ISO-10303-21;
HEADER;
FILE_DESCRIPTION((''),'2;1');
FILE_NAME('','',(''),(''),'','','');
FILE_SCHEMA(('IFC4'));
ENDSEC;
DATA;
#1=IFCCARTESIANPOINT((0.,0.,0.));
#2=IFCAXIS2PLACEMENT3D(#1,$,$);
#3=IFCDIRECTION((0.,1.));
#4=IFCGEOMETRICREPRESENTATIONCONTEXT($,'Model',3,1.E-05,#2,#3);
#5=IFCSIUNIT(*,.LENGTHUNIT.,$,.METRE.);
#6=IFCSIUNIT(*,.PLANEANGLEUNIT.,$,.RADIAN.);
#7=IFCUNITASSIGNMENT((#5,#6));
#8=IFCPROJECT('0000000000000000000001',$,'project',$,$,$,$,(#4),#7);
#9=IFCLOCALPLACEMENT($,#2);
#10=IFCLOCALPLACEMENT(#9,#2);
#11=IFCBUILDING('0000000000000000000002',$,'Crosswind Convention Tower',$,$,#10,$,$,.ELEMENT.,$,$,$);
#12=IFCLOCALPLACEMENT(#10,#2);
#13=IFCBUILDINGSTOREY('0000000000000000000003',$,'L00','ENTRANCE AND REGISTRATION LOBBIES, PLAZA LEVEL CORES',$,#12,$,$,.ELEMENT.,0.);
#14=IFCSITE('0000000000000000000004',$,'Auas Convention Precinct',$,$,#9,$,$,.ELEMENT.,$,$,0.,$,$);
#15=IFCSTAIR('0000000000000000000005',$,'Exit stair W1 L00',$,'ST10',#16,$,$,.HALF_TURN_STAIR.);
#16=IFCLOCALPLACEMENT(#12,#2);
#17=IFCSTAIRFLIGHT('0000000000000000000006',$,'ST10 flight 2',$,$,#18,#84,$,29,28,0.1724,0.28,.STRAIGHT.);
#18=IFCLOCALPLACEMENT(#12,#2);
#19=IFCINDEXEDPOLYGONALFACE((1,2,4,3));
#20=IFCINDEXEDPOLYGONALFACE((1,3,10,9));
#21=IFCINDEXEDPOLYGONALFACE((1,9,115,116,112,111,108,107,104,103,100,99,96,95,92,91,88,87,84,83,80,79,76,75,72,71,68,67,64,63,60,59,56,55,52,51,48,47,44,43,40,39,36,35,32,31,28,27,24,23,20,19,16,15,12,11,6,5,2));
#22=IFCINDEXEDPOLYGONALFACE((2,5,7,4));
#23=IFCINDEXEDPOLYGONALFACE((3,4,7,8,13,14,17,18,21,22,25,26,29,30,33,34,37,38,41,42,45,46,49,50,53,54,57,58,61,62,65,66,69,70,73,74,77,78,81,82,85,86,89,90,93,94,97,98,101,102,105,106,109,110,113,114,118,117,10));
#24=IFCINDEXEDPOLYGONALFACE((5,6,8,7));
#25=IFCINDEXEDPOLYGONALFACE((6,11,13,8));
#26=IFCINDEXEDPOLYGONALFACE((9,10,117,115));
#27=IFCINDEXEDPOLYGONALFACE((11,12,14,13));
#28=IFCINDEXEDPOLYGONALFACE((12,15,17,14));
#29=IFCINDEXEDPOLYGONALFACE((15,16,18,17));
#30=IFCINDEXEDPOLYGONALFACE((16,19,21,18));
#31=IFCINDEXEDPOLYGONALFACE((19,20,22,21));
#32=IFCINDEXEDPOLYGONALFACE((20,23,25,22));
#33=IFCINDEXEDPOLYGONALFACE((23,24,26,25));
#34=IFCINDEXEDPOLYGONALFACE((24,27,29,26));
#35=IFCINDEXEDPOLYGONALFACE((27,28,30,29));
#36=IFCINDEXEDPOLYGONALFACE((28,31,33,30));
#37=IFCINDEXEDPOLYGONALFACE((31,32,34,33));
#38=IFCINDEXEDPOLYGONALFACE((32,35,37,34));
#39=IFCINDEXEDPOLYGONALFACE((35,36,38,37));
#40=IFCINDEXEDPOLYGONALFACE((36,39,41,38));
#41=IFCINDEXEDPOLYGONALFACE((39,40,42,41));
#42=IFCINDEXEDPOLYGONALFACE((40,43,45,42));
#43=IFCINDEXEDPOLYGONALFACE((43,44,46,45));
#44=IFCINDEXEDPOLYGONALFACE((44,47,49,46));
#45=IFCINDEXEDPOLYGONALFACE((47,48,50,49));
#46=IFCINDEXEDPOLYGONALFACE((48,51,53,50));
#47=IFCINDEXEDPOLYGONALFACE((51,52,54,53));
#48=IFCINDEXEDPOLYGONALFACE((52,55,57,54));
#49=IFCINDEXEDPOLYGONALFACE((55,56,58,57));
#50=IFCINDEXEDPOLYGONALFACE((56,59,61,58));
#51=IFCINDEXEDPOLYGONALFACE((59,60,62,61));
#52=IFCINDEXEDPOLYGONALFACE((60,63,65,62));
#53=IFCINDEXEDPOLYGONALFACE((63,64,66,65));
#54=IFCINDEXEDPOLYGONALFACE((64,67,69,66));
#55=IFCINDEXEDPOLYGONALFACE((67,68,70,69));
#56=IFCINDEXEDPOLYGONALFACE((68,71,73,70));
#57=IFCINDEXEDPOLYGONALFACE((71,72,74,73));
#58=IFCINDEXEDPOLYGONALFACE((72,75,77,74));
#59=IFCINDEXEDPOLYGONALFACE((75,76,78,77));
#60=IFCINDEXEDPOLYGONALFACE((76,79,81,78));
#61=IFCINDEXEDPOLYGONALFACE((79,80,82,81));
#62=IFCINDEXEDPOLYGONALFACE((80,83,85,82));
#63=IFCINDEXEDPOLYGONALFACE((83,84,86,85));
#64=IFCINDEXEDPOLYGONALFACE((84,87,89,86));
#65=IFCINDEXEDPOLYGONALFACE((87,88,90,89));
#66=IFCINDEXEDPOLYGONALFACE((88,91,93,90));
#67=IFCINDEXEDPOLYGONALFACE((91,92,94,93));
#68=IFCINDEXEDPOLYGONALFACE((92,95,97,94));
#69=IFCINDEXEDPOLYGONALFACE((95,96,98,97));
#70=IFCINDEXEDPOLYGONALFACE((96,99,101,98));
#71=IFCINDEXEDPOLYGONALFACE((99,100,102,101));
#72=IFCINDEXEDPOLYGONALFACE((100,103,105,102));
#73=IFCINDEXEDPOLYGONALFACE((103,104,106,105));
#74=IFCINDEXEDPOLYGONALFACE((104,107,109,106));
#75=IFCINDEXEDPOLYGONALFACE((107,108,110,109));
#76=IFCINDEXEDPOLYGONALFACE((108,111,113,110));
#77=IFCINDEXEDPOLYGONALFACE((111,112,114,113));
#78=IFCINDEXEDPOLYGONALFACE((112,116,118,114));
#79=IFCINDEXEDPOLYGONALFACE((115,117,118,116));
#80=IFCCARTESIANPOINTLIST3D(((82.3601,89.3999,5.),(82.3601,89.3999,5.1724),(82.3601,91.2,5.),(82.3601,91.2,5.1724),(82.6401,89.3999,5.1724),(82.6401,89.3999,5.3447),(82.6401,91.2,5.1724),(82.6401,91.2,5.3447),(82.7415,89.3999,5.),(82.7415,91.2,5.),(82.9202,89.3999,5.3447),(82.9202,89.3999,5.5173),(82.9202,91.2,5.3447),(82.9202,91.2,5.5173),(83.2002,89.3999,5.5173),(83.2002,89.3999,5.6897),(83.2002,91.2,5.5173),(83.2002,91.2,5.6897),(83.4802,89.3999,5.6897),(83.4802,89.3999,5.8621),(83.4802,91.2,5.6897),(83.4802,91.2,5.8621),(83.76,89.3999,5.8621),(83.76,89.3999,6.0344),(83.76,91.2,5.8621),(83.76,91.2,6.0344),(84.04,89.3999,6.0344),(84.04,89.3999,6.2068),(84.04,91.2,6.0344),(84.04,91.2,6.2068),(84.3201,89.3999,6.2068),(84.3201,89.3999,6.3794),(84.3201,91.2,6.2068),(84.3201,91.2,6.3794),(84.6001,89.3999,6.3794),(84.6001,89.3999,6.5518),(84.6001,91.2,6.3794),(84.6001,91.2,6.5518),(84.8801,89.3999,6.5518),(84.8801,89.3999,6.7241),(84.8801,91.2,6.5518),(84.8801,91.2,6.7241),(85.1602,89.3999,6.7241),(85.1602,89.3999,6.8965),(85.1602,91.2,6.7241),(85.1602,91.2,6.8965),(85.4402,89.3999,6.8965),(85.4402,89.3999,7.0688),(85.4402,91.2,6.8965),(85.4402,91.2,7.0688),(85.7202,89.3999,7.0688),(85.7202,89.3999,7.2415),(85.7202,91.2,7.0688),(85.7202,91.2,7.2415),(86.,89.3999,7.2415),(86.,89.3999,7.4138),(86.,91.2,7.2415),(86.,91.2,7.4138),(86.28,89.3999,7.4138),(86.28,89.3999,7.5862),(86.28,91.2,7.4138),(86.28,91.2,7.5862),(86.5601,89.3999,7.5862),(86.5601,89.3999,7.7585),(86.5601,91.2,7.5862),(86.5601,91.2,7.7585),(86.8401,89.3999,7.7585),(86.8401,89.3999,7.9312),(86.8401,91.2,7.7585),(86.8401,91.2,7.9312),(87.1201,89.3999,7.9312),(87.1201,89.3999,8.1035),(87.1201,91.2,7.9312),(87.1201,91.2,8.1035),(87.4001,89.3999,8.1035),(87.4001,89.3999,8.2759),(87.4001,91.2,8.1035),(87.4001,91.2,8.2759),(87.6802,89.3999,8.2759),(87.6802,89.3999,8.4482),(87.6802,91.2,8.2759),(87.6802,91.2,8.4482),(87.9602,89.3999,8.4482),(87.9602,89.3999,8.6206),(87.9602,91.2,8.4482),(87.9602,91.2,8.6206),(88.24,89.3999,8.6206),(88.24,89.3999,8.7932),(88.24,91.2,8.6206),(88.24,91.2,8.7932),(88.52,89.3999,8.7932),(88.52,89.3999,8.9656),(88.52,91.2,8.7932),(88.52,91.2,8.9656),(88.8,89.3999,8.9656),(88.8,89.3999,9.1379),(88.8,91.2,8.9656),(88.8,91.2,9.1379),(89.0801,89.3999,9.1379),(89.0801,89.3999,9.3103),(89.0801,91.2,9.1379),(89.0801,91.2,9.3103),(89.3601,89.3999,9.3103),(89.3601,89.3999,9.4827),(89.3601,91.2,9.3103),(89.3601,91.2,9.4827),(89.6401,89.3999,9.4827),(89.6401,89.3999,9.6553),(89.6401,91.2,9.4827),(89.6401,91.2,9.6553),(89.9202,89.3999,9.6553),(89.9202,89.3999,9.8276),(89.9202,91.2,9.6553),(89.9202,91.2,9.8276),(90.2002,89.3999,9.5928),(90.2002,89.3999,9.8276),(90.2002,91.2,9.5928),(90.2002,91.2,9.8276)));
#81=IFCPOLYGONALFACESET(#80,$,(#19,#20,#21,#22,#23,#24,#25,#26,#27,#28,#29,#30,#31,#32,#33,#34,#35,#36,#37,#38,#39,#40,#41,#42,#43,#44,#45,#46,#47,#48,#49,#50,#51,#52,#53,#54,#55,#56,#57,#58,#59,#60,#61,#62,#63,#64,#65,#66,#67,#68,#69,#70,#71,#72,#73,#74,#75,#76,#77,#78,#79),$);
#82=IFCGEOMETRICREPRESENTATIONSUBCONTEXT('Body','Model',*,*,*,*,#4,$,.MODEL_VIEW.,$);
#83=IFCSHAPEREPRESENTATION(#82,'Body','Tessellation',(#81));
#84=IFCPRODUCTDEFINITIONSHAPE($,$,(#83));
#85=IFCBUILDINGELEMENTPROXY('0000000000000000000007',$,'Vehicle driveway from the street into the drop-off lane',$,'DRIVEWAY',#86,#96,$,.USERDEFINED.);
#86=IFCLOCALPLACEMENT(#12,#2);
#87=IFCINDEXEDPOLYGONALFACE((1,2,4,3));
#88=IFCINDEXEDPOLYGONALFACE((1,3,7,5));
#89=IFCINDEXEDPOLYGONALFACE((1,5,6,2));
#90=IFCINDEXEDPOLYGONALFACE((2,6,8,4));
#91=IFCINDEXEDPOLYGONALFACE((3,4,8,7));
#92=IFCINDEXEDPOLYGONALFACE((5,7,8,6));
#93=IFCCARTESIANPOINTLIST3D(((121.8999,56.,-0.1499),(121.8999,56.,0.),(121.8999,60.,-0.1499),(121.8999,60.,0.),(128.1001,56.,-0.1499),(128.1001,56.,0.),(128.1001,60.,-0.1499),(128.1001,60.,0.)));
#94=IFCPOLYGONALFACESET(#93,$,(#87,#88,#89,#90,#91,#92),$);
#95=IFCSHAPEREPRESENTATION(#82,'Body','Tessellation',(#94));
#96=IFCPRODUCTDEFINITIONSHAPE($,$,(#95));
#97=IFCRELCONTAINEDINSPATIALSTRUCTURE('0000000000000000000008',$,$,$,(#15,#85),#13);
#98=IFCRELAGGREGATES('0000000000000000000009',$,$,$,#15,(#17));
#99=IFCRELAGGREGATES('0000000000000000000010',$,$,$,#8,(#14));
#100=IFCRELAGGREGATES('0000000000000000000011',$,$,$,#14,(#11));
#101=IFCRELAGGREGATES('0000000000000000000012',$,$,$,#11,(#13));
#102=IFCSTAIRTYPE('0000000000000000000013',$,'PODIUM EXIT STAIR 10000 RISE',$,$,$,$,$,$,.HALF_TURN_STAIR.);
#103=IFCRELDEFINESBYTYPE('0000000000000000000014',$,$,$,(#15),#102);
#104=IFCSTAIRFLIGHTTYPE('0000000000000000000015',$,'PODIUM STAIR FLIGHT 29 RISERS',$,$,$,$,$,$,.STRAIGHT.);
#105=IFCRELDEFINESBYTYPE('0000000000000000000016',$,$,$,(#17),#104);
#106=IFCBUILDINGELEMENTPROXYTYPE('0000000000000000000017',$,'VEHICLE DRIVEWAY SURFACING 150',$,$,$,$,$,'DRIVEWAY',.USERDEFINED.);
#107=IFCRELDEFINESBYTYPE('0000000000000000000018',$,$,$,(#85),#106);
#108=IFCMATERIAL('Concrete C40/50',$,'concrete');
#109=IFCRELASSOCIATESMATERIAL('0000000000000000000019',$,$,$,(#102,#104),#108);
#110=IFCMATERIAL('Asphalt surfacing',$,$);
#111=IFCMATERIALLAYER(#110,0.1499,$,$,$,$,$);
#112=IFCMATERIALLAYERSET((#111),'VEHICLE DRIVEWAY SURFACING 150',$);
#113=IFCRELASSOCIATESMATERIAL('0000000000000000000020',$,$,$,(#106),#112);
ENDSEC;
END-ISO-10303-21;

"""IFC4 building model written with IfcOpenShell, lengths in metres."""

from ifc_helpers import new_model, si_unit, direction, frame, origin, place, context, subcontext, project, spatial, polyline, outline, extrude, material, layer, layer_set, type_object, element, aggregate, save


model = new_model("IFC4")

# Units and contexts
model_context = context("Model", 3, precision=1e-05, world=origin(), true_north=direction((0.0, 1.0)))
body_context = subcontext(model_context, "Body", "Model", "MODEL_VIEW")
ifc_project = project(units=[si_unit("LENGTHUNIT", "METRE"), si_unit("PLANEANGLEUNIT", "RADIAN")], contexts=[model_context])

# Site, building, storey
site_placement = place(None, origin())
site = spatial("IfcSite", under=ifc_project, at=site_placement, Name="Auas Convention Precinct", CompositionType="ELEMENT", RefElevation=0.0)
building_placement = place(site_placement, origin())
building = spatial("IfcBuilding", under=site, at=building_placement, Name="Crosswind Convention Tower", CompositionType="ELEMENT")
storey_placement = place(building_placement, origin())
storey = spatial("IfcBuildingStorey", under=building, at=storey_placement, Name="L00", Description="ENTRANCE AND REGISTRATION LOBBIES, PLAZA LEVEL CORES", CompositionType="ELEMENT", Elevation=0.0)

# Shared definitions
ifc_material_1 = material(Name="Concrete C40/50", Category="concrete")

# Stair
stair_type = type_object("IfcStairType", Name="PODIUM EXIT STAIR 10000 RISE", PredefinedType="HALF_TURN_STAIR", material=ifc_material_1)
stair_1_placement = place(storey_placement, origin())
stair_1 = element("IfcStair", 1, at=stair_1_placement, inside=storey, type_object=stair_type, Name="Exit stair W1 L00", ObjectType="ST10", PredefinedType="HALF_TURN_STAIR")

# Stair flight
stair_flight_type = type_object("IfcStairFlightType", Name="PODIUM STAIR FLIGHT 29 RISERS", PredefinedType="STRAIGHT", material=ifc_material_1)
stair_flight_placement = place(storey_placement, frame((82.3601, 90.3, 5.0), z_axis=(0.0, 0.0, 1.0), x_axis=(1.0, 0.0, 0.0)))
stair_flight = element("IfcStairFlight", 2, at=stair_flight_placement, type_object=stair_flight_type, Name="ST10 flight 2", NumberOfRisers=29, NumberOfTreads=28, PredefinedType="STRAIGHT", RiserHeight=0.1724, TreadLength=0.28, context=body_context, shape_type="SweptSolid", body=[
    extrude(outline(polyline([(0.0, 0.0), (0.0, 0.1724), (0.28, 0.1724), (0.28, 0.3447), (0.5601, 0.3447), (0.5601, 0.5173), (0.8401, 0.5173), (0.8401, 0.6897), (1.1201, 0.6897), (1.1201, 0.8621), (1.3999, 0.8621), (1.3999, 1.0344), (1.6799, 1.0344), (1.6799, 1.2068), (1.96, 1.2068), (1.96, 1.3794), (2.24, 1.3794), (2.24, 1.5518), (2.52, 1.5518), (2.52, 1.7241), (2.8, 1.7241), (2.8, 1.8965), (3.0801, 1.8965), (3.0801, 2.0688), (3.3601, 2.0688), (3.3601, 2.2415), (3.6399, 2.2415), (3.6399, 2.4138), (3.9199, 2.4138), (3.9199, 2.5862), (4.2, 2.5862), (4.2, 2.7585), (4.48, 2.7585), (4.48, 2.9312), (4.76, 2.9312), (4.76, 3.1035), (5.04, 3.1035), (5.04, 3.2759), (5.3201, 3.2759), (5.3201, 3.4482), (5.6001, 3.4482), (5.6001, 3.6206), (5.8799, 3.6206), (5.8799, 3.7932), (6.1599, 3.7932), (6.1599, 3.9656), (6.4399, 3.9656), (6.4399, 4.1379), (6.72, 4.1379), (6.72, 4.3103), (7.0, 4.3103), (7.0, 4.4827), (7.28, 4.4827), (7.28, 4.6553), (7.5601, 4.6553), (7.5601, 4.8276), (7.8401, 4.8276), (7.8401, 5.0), (7.8401, 4.5928), (0.3813, 0.0), (0.0, 0.0)])), frame((0.0, 0.8999, 0.0), z_axis=(0.0, -1.0, 0.0), x_axis=(1.0, 0.0, 0.0)), (0.0, 0.0, 1.0), 1.8),
])
aggregate(stair_1, [stair_flight])

# Building element proxy
ifc_material_2 = material(Name="Asphalt surfacing")
ifc_layer_1 = layer(ifc_material_2, 0.1499)
ifc_layer_set_1 = layer_set([ifc_layer_1], Name="VEHICLE DRIVEWAY SURFACING 150")
building_element_proxy_type = type_object("IfcBuildingElementProxyType", Name="VEHICLE DRIVEWAY SURFACING 150", ElementType="DRIVEWAY", PredefinedType="USERDEFINED", material=ifc_layer_set_1)
proxy_placement = place(storey_placement, frame((0.0, 0.0, -0.1499)))
element("IfcBuildingElementProxy", 3, at=proxy_placement, inside=storey, type_object=building_element_proxy_type, Name="Vehicle driveway from the street into the drop-off lane", ObjectType="DRIVEWAY", PredefinedType="USERDEFINED", context=body_context, shape_type="SweptSolid", body=[
    extrude(outline(polyline([(128.1001, 56.0), (128.1001, 60.0), (121.8999, 60.0), (121.8999, 56.0), (128.1001, 56.0)])), origin(), (0.0, 0.0, 1.0), 0.1499),
])

save(model, "model.ifc")
